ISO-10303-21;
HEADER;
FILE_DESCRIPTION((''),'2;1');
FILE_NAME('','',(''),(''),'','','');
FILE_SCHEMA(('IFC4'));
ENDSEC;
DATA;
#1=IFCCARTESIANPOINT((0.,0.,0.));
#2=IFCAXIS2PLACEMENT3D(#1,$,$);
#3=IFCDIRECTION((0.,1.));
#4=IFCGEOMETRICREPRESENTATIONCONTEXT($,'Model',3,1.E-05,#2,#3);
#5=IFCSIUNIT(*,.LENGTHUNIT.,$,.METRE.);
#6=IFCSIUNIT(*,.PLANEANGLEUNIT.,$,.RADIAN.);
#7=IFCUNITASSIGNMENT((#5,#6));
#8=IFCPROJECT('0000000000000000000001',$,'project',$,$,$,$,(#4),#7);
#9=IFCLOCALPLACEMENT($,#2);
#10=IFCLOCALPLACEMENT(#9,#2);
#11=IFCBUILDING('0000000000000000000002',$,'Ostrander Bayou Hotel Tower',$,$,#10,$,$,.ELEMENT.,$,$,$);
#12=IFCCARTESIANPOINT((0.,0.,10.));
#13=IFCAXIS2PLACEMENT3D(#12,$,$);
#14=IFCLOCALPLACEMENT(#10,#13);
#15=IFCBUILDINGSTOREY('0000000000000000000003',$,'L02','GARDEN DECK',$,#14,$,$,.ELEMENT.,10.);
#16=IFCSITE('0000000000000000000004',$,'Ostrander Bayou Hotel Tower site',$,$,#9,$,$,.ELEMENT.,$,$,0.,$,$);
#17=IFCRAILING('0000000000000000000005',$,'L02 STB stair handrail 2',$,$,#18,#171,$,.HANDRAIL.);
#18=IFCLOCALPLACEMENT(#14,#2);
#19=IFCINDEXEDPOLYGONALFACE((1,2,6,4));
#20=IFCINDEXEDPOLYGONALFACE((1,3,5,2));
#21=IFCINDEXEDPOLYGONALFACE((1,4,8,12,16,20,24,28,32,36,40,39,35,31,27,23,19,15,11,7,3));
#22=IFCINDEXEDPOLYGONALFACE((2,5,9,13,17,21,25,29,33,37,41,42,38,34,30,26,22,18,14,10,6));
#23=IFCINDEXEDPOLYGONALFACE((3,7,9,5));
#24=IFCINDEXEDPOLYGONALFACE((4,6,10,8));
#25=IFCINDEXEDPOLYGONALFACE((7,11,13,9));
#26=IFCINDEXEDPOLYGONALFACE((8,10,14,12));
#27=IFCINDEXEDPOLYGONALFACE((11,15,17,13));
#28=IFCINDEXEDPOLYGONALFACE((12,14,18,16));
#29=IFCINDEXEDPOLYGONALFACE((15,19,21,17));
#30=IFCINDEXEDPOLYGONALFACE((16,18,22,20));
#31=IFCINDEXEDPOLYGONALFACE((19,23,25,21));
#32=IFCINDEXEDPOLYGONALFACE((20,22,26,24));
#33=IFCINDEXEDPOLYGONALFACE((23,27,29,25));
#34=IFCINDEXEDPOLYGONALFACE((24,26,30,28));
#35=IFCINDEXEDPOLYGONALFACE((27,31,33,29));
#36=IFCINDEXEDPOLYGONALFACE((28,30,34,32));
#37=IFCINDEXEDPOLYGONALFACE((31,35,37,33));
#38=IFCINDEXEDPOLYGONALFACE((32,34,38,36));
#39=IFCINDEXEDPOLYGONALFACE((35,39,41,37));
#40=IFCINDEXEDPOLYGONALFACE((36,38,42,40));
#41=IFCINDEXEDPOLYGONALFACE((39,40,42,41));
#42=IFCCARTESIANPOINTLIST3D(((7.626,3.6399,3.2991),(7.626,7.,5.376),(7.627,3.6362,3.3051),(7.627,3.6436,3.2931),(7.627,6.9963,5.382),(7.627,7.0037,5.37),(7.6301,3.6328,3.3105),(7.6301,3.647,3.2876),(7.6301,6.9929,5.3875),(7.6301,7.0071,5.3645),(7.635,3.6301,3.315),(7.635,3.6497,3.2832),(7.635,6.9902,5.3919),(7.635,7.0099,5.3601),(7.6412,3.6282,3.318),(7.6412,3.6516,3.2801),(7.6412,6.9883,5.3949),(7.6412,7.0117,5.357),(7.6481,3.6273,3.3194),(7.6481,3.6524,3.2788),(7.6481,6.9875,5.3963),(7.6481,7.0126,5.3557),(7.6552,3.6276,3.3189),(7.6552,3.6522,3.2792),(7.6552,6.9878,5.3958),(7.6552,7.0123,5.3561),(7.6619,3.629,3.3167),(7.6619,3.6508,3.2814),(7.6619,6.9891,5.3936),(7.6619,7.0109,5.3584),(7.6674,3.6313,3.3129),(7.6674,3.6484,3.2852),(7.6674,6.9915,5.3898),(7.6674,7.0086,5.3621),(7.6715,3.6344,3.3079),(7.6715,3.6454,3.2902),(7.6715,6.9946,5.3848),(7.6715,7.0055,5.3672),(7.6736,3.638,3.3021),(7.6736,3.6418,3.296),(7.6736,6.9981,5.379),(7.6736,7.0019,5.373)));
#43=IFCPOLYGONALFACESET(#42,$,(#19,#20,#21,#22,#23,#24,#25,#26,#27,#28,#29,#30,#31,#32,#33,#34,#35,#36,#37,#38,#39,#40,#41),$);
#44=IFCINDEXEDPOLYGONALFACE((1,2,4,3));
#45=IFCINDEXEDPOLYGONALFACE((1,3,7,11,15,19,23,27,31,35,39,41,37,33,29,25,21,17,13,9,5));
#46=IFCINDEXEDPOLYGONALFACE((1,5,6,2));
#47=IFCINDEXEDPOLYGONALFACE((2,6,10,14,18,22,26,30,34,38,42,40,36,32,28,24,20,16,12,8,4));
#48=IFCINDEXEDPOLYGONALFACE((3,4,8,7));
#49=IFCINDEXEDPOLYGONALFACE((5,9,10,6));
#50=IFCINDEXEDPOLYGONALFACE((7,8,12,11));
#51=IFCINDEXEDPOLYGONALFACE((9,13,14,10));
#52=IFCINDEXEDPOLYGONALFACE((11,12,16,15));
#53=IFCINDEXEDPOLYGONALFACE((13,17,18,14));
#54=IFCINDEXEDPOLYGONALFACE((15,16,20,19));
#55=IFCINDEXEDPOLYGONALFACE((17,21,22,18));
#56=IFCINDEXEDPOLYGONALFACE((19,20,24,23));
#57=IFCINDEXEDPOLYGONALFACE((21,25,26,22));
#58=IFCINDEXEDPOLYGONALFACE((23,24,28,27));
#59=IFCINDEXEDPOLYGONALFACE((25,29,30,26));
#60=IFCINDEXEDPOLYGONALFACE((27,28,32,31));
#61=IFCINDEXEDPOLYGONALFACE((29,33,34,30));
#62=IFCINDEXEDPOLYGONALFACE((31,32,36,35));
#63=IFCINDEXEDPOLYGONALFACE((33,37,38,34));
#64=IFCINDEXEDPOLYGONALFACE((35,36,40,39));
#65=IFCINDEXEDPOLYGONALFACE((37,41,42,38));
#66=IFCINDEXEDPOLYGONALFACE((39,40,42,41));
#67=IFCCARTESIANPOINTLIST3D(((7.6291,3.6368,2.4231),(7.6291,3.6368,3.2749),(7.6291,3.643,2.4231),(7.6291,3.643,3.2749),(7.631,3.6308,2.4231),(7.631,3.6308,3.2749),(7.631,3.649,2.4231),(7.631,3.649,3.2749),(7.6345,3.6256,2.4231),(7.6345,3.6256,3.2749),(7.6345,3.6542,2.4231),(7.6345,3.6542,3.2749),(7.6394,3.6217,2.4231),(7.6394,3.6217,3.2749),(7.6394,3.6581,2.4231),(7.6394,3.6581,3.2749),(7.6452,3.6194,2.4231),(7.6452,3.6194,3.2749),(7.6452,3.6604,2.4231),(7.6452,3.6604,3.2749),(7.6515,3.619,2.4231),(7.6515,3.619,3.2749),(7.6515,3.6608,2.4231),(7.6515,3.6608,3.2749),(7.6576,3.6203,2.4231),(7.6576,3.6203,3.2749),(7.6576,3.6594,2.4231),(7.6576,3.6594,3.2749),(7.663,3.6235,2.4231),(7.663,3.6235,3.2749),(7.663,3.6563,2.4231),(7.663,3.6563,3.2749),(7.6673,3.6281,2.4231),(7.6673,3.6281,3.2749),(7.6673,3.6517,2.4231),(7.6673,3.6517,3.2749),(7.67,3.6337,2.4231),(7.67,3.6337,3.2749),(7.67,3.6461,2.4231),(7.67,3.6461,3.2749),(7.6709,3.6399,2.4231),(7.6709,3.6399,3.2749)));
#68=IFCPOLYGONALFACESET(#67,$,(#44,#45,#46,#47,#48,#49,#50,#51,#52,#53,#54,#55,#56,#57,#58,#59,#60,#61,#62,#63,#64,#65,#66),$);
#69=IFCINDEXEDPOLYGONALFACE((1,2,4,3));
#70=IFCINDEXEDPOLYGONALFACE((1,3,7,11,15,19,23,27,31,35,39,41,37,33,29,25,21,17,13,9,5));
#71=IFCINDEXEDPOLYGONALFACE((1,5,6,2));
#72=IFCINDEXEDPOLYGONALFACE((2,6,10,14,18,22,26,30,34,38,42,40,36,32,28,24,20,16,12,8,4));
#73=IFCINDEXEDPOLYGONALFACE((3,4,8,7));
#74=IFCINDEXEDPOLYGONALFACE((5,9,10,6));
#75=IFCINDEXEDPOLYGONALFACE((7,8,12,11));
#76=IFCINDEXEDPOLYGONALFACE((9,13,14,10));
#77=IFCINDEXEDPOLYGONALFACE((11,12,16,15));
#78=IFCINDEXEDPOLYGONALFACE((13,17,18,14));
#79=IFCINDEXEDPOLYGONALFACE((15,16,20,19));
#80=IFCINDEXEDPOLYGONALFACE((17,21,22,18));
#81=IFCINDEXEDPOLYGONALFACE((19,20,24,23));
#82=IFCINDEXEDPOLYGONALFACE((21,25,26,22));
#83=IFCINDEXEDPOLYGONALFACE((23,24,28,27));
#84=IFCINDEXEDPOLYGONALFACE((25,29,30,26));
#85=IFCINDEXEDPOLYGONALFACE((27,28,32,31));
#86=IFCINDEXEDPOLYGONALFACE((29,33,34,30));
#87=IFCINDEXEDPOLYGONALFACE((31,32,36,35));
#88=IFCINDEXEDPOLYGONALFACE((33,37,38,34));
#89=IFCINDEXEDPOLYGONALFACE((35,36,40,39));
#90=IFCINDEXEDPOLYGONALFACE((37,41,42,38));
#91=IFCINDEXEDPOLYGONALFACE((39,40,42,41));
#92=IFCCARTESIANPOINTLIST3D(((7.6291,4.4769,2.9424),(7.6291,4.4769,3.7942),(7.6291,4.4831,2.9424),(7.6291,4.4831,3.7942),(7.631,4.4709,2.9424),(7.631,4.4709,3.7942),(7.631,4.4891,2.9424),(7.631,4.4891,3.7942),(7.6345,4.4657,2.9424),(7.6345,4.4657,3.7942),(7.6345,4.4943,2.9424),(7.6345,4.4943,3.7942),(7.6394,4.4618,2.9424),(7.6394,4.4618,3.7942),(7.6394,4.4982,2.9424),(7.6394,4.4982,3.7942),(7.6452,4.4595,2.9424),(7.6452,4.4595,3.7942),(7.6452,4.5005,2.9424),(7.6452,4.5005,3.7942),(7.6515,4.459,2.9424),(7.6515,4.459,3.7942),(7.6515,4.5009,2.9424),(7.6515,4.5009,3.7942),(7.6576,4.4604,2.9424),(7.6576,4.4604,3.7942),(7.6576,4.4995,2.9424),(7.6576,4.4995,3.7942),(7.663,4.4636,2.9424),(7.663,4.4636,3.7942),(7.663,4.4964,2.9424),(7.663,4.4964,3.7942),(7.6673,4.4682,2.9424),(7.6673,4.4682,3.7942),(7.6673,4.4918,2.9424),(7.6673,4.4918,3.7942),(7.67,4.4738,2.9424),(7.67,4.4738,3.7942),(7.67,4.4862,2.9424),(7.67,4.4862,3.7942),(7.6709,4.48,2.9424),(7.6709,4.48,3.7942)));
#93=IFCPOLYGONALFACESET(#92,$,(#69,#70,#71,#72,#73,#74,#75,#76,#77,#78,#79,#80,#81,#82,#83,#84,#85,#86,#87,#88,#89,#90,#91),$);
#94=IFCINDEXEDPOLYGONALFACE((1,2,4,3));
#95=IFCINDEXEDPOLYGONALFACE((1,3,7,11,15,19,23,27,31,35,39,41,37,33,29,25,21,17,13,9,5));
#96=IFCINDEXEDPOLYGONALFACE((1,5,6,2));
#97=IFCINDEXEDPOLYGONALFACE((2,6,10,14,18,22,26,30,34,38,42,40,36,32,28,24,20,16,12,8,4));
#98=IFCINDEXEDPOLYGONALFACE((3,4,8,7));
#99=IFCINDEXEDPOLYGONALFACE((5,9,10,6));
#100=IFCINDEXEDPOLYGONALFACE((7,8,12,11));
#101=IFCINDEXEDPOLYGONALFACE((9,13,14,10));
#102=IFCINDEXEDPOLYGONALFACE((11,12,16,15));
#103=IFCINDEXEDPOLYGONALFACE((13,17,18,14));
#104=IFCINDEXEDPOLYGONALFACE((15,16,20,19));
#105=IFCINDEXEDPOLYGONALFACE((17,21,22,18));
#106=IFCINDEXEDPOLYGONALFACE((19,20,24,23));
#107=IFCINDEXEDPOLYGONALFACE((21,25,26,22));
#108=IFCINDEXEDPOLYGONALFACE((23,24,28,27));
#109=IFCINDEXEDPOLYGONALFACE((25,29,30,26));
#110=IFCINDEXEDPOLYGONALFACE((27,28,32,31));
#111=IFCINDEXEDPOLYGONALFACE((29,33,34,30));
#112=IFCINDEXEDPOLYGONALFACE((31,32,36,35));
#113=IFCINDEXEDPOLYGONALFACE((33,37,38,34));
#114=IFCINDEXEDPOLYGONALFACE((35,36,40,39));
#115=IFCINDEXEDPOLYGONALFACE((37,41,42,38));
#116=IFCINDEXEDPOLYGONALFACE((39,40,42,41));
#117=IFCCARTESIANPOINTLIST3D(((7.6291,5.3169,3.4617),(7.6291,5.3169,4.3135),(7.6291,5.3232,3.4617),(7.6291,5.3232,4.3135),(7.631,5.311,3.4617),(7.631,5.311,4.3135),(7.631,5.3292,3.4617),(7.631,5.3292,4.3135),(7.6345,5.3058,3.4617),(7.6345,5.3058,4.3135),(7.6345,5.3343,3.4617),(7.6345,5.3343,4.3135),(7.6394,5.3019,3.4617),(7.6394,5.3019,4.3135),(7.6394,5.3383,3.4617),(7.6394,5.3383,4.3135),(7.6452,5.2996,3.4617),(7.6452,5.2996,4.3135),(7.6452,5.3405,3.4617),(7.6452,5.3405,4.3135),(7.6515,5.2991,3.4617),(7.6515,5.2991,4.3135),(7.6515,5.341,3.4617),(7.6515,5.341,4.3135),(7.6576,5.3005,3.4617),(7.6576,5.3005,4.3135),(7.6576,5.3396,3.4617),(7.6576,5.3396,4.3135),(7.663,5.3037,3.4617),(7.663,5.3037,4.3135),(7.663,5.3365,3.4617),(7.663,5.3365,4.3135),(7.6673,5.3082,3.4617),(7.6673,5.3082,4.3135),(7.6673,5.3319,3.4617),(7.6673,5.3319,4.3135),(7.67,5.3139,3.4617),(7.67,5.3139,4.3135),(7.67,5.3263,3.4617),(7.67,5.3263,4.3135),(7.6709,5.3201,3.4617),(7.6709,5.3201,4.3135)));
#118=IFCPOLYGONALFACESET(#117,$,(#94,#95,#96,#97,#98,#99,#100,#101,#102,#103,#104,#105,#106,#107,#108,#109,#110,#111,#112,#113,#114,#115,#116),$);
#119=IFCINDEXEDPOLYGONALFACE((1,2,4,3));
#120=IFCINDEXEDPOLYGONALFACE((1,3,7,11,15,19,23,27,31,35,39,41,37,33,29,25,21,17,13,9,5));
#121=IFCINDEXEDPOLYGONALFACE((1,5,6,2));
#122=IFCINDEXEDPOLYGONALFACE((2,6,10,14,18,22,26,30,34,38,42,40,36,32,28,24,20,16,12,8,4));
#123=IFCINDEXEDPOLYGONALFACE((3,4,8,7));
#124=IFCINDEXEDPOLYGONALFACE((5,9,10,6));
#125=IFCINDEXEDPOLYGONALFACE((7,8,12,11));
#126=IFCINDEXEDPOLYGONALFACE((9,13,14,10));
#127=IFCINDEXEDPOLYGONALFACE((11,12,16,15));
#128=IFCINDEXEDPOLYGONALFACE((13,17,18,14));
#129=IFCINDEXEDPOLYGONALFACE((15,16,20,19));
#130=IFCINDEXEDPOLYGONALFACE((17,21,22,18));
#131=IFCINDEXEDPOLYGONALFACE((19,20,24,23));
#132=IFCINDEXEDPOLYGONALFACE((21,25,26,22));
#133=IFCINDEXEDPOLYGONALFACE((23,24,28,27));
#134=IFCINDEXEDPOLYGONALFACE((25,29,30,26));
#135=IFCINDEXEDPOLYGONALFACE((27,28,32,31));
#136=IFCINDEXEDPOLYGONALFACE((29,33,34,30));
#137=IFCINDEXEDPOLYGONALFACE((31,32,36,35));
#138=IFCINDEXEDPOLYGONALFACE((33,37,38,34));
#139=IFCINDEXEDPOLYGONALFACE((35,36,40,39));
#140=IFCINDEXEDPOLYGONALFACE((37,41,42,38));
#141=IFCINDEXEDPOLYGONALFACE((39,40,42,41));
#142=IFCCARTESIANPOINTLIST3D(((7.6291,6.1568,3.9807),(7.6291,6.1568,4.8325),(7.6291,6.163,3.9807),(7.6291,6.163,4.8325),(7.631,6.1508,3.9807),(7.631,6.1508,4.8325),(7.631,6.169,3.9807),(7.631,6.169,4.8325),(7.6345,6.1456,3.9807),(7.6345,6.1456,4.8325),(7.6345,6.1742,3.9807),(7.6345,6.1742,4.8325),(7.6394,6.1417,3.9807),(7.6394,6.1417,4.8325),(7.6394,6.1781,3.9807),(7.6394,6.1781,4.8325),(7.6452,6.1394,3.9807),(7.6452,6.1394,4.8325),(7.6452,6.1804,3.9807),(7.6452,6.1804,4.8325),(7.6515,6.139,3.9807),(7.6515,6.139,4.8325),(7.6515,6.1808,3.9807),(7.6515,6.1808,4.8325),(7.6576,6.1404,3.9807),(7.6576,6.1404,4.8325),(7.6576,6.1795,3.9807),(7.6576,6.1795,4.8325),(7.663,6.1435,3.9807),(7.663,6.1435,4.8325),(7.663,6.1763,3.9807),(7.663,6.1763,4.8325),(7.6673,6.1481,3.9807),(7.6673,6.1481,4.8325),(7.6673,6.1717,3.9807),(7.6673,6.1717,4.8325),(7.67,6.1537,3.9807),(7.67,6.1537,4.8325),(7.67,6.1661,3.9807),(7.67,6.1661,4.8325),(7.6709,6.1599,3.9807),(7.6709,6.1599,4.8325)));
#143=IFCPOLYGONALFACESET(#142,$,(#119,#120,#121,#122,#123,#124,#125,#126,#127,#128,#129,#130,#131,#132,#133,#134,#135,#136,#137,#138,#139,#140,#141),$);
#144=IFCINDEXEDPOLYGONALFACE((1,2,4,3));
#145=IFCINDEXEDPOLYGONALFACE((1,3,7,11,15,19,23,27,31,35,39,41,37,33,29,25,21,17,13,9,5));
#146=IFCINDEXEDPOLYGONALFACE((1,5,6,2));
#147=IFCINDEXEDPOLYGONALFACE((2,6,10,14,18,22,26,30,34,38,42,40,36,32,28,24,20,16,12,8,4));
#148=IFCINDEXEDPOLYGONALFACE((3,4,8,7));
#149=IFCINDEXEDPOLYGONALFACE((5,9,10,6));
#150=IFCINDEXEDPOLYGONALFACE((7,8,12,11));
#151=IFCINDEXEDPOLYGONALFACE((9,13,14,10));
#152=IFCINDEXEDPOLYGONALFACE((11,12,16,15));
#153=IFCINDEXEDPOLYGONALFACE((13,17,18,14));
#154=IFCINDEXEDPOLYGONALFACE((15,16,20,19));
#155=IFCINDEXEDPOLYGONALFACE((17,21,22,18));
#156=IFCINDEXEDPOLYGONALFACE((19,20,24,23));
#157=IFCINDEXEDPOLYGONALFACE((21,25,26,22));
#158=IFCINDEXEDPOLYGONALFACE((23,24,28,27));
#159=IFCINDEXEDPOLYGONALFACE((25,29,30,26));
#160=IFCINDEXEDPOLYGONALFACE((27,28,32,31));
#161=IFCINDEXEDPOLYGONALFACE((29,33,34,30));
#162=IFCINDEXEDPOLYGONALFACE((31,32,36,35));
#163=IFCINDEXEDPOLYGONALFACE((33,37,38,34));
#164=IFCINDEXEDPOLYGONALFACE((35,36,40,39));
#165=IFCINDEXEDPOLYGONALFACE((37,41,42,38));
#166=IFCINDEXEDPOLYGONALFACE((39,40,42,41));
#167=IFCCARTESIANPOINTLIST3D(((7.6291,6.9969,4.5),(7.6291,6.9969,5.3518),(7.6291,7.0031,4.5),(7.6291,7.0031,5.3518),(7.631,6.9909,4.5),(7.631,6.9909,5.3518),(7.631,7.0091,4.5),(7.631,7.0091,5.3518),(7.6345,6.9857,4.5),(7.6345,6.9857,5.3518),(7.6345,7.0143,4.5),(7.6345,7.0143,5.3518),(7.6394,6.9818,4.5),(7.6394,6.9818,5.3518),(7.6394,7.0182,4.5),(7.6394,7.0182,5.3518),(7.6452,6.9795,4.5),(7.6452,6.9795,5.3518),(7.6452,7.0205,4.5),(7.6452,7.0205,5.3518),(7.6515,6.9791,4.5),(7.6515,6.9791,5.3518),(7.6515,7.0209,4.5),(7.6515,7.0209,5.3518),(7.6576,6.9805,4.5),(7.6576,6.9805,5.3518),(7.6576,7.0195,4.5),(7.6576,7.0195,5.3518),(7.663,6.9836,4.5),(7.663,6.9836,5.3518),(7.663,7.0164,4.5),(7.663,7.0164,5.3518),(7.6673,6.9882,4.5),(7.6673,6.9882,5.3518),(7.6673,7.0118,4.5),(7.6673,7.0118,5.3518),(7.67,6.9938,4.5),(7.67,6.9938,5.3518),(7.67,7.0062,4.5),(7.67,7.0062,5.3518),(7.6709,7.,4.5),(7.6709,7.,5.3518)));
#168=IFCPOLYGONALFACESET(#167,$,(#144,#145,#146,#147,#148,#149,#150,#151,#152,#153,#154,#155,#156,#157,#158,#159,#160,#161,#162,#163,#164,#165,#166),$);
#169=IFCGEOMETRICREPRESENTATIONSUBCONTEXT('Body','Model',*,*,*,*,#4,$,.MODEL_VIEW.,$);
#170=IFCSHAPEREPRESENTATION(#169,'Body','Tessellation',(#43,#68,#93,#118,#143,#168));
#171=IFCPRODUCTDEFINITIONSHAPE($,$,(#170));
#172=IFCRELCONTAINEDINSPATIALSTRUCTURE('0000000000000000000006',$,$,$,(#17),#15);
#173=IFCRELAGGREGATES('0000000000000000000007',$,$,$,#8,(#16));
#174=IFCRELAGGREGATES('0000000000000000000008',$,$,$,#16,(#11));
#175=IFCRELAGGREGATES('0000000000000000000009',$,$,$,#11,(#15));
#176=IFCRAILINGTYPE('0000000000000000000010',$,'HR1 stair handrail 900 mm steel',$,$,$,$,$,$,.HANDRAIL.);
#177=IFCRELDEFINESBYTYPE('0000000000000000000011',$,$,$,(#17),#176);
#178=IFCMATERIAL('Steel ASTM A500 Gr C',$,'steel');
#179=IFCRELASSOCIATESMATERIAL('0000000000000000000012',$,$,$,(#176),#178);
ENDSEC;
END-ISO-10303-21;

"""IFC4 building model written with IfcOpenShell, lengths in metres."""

from ifc_helpers import new_model, si_unit, direction, frame, origin, origin_2d, place, context, subcontext, project, spatial, circle, extrude, material, type_object, element, save


model = new_model("IFC4")

# Units and contexts
model_context = context("Model", 3, precision=1e-05, world=origin(), true_north=direction((0.0, 1.0)))
body_context = subcontext(model_context, "Body", "Model", "MODEL_VIEW")
ifc_project = project(units=[si_unit("LENGTHUNIT", "METRE"), si_unit("PLANEANGLEUNIT", "RADIAN")], contexts=[model_context])

# Site, building, storey
site_placement = place(None, origin())
site = spatial("IfcSite", under=ifc_project, at=site_placement, Name="Ostrander Bayou Hotel Tower site", CompositionType="ELEMENT", RefElevation=0.0)
building_placement = place(site_placement, origin())
building = spatial("IfcBuilding", under=site, at=building_placement, Name="Ostrander Bayou Hotel Tower", CompositionType="ELEMENT")
storey_placement = place(building_placement, frame((0.0, 0.0, 10.0)))
storey = spatial("IfcBuildingStorey", under=building, at=storey_placement, Name="L02", Description="GARDEN DECK", CompositionType="ELEMENT", Elevation=10.0)

# Railing
ifc_material_1 = material(Name="Steel ASTM A500 Gr C", Category="steel")
railing_type_1 = type_object("IfcRailingType", Name="HR1 stair handrail 900 mm steel", PredefinedType="HANDRAIL", material=ifc_material_1)
railing_1_placement = place(storey_placement, frame((7.6499, 3.6399, 2.4231)))
element("IfcRailing", 1, at=railing_1_placement, inside=storey, type_object=railing_type_1, Name="L02 STB stair handrail 2", PredefinedType="HANDRAIL", context=body_context, shape_type="SweptSolid", body=[
    extrude(circle(Radius=0.0239, at=origin_2d()), frame((0.0, 0.0, 0.876), z_axis=(0.0, 0.850623, 0.525776), x_axis=(-1.0, 0.0, 0.0)), (0.0, 0.0, 1.0), 3.9502),
    extrude(circle(Radius=0.021, at=origin_2d()), origin(), (0.0, 0.0, 1.0), 0.8518),
    extrude(circle(Radius=0.021, at=origin_2d()), frame((0.0, 0.8401, 0.5193)), (0.0, 0.0, 1.0), 0.8518),
    extrude(circle(Radius=0.021, at=origin_2d()), frame((0.0, 1.6802, 1.0386)), (0.0, 0.0, 1.0), 0.8518),
    extrude(circle(Radius=0.021, at=origin_2d()), frame((0.0, 2.52, 1.5576)), (0.0, 0.0, 1.0), 0.8518),
    extrude(circle(Radius=0.021, at=origin_2d()), frame((0.0, 3.3601, 2.0769)), (0.0, 0.0, 1.0), 0.8518),
])

save(model, "model.ifc")
